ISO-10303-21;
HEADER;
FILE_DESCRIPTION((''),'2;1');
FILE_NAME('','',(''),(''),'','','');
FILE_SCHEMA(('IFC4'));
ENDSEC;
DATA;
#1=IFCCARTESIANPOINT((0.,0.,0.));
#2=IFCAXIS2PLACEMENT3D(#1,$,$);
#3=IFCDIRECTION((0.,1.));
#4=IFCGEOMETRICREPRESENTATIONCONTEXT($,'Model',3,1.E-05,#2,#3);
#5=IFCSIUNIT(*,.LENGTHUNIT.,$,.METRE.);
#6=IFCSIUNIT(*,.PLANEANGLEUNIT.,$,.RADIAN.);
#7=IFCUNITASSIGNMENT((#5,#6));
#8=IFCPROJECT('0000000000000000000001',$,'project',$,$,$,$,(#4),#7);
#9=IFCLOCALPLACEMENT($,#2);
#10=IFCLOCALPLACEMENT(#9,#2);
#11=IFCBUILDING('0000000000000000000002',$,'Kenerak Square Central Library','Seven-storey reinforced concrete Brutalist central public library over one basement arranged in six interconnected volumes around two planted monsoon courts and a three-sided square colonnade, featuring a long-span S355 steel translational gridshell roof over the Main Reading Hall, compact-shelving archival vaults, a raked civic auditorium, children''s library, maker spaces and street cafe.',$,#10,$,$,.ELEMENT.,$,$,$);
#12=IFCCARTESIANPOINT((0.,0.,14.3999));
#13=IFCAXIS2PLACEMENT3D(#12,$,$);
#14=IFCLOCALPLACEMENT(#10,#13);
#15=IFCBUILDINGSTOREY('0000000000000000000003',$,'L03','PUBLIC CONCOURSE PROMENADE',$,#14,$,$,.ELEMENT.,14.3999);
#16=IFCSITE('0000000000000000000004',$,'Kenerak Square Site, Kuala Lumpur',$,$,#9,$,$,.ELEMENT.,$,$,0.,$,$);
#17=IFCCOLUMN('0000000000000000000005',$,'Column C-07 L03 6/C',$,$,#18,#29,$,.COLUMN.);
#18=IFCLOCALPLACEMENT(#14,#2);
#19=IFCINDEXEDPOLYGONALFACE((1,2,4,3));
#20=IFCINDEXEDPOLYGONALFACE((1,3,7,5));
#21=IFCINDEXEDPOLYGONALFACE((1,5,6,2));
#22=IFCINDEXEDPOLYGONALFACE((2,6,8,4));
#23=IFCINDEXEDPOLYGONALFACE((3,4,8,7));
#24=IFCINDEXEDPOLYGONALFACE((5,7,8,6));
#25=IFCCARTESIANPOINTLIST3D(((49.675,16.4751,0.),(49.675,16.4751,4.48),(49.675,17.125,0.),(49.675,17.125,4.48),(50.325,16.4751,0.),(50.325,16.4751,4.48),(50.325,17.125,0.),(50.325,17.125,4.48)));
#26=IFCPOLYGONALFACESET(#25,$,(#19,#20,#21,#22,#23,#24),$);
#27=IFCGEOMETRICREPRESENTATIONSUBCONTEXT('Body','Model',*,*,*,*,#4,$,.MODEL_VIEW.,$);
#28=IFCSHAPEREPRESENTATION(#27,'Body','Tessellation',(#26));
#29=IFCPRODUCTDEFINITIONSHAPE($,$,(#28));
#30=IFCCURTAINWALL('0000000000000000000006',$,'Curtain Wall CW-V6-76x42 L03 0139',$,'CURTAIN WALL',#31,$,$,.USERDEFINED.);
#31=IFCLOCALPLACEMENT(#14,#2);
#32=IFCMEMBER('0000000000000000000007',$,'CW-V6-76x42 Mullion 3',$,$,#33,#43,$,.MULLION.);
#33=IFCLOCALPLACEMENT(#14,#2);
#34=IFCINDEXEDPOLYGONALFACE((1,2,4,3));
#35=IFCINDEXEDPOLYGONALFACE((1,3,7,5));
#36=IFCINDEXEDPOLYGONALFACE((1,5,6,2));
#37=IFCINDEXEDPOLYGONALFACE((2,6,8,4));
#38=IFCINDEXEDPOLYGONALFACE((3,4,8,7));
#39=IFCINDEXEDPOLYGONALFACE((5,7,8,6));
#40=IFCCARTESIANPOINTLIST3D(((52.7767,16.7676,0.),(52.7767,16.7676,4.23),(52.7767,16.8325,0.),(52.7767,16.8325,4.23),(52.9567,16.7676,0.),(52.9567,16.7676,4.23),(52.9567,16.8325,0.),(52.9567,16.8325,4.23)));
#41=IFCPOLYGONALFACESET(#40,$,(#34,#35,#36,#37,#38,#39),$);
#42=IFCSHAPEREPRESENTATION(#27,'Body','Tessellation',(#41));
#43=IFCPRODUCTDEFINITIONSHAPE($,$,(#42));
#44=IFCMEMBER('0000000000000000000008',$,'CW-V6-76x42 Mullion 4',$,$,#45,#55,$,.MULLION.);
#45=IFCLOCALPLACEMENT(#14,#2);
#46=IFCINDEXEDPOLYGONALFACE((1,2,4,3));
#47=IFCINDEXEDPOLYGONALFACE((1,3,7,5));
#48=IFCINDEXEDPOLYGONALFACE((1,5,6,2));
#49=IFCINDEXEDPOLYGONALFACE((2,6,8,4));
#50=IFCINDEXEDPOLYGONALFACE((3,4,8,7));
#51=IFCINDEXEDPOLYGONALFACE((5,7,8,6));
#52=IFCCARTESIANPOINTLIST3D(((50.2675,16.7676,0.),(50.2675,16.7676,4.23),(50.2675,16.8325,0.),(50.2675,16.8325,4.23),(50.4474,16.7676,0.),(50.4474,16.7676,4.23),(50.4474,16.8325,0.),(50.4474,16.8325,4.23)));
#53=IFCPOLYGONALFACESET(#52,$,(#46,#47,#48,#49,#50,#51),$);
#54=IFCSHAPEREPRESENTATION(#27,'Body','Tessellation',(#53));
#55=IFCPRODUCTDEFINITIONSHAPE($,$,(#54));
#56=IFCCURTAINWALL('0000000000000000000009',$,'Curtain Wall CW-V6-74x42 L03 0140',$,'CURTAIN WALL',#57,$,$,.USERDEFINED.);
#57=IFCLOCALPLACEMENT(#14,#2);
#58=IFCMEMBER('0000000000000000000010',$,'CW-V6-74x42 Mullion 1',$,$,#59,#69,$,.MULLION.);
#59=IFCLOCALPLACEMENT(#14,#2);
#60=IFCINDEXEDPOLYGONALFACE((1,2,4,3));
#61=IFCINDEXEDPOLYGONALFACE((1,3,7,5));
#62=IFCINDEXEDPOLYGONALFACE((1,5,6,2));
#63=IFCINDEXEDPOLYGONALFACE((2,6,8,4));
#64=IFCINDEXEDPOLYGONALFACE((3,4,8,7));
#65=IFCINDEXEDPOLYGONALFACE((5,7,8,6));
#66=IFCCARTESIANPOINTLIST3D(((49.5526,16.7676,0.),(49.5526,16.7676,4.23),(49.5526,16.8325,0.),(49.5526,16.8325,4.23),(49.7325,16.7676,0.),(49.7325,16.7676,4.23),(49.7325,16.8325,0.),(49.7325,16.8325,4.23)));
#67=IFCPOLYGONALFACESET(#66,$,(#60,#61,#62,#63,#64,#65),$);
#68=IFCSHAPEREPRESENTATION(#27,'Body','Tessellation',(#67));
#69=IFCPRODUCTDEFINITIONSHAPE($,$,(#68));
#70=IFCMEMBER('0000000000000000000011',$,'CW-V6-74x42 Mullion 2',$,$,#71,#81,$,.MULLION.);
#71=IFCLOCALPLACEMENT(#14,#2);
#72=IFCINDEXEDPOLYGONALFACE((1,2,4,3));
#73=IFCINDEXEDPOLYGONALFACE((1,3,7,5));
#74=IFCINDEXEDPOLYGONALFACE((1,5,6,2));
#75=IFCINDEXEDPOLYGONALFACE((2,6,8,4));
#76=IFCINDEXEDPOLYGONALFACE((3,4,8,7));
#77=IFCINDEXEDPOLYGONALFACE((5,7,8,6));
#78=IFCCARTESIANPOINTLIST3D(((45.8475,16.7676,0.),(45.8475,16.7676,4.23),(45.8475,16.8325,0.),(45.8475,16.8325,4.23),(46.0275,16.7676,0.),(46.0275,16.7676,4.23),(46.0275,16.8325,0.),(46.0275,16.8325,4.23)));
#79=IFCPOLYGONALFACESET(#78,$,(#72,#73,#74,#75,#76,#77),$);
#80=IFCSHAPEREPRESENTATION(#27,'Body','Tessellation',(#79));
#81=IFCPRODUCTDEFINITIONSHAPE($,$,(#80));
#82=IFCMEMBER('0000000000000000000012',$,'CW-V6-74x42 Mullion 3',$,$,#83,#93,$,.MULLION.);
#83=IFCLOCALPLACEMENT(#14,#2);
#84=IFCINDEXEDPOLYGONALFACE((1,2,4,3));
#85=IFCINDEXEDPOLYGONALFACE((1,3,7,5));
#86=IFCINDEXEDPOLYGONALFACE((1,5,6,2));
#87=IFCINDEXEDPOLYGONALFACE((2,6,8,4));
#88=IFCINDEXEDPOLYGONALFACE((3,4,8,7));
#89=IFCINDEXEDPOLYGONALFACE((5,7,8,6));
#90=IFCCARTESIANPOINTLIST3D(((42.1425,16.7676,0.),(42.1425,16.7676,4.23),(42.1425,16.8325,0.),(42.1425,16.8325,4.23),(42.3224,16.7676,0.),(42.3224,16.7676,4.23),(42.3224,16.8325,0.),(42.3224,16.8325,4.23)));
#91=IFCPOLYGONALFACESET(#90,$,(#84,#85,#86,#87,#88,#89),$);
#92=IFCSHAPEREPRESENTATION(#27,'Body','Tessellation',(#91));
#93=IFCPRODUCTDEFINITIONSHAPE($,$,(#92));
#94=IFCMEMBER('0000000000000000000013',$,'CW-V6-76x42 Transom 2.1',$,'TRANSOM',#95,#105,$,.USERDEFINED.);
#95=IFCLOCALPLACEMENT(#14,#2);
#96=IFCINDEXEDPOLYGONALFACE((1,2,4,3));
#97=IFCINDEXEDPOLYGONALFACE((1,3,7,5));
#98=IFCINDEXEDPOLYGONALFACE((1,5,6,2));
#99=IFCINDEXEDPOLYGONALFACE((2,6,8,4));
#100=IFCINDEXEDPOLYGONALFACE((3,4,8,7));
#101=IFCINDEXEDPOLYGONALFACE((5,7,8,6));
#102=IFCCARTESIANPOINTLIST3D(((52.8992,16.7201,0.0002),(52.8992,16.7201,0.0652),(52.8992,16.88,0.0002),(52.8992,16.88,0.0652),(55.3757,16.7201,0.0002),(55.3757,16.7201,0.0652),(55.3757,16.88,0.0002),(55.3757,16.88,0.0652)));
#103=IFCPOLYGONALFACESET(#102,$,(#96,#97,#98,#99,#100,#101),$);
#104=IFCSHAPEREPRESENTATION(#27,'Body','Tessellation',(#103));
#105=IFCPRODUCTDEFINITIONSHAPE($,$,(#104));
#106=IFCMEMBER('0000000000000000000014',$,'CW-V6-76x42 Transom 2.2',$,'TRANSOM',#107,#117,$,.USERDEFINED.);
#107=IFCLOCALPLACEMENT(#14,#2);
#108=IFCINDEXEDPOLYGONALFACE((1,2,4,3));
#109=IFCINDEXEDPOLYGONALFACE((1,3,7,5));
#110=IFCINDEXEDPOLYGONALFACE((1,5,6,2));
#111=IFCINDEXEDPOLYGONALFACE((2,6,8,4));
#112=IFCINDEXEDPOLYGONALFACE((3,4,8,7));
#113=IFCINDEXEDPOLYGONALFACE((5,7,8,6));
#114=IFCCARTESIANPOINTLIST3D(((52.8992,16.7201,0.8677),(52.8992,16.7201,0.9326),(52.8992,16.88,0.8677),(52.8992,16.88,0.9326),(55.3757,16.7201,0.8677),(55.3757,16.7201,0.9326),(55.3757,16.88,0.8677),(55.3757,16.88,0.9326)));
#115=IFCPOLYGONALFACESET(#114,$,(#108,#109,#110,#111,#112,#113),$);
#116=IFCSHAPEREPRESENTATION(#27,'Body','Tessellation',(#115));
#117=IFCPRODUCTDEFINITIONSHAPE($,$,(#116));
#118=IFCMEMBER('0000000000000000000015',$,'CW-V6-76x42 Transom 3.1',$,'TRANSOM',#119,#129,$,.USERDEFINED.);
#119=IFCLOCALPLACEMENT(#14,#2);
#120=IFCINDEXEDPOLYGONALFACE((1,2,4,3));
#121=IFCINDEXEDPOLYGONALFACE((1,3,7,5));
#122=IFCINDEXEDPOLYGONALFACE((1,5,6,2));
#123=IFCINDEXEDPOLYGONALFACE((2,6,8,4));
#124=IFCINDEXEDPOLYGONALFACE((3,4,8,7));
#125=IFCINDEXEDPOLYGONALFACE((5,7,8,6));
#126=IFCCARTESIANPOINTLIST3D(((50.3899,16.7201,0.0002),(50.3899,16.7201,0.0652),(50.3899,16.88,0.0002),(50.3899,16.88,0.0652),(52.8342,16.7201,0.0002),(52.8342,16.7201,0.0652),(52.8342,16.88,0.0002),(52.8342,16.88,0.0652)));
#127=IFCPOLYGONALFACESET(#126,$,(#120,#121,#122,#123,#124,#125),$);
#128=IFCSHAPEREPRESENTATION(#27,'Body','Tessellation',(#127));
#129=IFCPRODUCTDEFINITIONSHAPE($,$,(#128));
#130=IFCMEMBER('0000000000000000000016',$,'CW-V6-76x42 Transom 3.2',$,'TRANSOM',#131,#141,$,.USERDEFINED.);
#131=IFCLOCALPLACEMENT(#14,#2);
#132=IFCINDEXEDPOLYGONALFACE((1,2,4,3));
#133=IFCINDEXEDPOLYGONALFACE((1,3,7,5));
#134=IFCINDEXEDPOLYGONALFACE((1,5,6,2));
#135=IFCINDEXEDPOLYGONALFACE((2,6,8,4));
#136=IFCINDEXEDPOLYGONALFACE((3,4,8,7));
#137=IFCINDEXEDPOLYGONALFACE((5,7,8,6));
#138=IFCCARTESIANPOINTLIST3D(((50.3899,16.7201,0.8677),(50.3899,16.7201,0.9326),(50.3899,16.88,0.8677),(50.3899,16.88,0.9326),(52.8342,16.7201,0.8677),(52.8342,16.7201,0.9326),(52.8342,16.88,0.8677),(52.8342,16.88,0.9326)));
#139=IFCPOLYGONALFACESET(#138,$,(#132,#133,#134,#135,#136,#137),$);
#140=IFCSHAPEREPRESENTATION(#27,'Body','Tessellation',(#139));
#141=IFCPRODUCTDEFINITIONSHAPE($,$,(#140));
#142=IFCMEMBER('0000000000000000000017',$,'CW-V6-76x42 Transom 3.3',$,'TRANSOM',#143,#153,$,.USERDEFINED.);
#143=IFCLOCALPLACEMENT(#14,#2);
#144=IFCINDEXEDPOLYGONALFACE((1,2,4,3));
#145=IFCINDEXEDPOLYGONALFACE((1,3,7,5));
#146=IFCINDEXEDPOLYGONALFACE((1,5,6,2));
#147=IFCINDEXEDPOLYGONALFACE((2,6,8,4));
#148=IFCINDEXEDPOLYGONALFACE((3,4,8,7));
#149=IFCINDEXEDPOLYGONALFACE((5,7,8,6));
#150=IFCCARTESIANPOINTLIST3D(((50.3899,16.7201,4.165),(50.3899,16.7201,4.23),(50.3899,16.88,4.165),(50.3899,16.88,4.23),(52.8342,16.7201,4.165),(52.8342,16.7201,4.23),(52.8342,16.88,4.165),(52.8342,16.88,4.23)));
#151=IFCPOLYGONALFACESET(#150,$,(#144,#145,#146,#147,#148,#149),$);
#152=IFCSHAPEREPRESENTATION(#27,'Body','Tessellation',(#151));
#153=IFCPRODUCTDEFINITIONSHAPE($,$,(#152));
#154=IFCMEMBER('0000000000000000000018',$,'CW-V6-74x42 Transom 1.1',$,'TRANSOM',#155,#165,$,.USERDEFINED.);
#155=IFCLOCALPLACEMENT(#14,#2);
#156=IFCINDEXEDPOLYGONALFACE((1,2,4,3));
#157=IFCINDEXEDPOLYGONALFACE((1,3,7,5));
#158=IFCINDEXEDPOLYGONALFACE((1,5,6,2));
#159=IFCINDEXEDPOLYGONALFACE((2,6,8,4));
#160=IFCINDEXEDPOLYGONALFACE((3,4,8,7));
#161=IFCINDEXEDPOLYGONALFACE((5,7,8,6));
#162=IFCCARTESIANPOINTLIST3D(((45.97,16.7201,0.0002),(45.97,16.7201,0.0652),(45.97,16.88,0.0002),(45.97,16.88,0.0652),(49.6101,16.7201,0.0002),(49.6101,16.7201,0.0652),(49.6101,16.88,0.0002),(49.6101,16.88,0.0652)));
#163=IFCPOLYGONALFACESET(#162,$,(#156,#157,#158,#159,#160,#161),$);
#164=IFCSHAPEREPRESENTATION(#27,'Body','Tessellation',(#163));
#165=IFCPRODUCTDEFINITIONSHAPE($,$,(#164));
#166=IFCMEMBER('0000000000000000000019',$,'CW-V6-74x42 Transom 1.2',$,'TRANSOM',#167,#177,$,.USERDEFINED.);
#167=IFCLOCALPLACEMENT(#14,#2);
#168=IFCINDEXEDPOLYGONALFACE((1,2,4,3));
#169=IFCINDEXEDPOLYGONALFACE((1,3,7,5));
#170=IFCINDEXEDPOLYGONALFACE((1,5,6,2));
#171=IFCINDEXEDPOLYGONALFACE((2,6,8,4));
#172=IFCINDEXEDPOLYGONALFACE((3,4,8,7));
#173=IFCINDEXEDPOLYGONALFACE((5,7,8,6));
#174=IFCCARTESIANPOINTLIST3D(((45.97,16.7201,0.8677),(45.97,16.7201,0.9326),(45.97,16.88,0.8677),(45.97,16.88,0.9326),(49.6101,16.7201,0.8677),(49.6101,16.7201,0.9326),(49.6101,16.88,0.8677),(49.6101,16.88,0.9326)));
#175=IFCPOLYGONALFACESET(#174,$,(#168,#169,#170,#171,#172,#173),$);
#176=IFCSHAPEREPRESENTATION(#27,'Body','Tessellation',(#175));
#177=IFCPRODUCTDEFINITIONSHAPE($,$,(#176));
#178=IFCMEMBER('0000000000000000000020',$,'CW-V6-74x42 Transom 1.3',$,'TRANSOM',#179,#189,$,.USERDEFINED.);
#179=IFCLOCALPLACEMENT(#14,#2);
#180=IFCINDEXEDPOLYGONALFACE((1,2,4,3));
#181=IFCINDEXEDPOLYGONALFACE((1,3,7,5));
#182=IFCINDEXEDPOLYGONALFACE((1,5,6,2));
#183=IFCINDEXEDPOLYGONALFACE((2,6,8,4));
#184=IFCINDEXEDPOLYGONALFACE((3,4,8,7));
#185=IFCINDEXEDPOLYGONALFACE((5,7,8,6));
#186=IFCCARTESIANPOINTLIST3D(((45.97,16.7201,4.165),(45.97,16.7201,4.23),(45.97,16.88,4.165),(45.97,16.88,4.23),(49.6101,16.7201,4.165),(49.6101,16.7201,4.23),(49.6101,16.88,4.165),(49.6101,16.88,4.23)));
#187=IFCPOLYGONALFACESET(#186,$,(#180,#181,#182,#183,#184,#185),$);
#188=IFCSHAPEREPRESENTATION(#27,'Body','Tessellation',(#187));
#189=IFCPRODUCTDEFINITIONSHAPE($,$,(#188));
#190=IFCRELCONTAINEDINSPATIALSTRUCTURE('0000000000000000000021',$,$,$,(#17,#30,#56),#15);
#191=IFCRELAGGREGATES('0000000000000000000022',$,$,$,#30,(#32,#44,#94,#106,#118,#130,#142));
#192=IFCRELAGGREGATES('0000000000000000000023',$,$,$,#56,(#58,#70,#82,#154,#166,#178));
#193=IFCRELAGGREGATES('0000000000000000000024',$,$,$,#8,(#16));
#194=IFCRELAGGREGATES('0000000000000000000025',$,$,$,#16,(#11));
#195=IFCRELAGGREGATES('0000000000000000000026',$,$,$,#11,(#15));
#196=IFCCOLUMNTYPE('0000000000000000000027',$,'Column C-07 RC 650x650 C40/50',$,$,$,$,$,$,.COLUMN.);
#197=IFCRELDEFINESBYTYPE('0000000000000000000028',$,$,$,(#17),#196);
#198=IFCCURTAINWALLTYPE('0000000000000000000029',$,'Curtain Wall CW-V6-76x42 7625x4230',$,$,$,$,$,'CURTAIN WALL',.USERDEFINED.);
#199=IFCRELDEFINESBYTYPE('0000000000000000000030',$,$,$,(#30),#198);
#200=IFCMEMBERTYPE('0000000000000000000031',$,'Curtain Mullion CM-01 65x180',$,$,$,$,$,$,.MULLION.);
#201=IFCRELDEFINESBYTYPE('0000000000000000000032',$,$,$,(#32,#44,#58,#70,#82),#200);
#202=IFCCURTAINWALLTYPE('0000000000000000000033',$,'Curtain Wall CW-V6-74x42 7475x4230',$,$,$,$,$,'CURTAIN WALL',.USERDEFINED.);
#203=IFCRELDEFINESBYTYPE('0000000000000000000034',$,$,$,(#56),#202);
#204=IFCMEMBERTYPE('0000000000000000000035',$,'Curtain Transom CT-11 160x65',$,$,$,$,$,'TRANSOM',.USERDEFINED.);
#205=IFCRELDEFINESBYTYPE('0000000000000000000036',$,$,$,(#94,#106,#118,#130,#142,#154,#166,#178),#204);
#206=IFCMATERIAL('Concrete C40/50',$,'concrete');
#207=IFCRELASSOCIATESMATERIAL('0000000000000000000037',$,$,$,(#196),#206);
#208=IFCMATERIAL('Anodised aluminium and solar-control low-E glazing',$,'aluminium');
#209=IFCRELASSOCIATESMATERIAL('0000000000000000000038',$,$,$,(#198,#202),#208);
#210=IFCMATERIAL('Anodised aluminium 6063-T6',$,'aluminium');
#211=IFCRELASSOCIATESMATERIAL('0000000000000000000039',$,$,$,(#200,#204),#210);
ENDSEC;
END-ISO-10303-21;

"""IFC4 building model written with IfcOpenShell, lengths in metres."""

from ifc_helpers import new_model, si_unit, direction, frame, origin, origin_2d, place, context, subcontext, project, spatial, rectangle, extrude, material, material_profile, profile_set, type_object, element, aggregate, save


model = new_model("IFC4")

# Units and contexts
model_context = context("Model", 3, precision=1e-05, world=origin(), true_north=direction((0.0, 1.0)))
body_context = subcontext(model_context, "Body", "Model", "MODEL_VIEW")
ifc_project = project(units=[si_unit("LENGTHUNIT", "METRE"), si_unit("PLANEANGLEUNIT", "RADIAN")], contexts=[model_context])

# Site, building, storey
site_placement = place(None, origin())
site = spatial("IfcSite", under=ifc_project, at=site_placement, Name="Kenerak Square Site, Kuala Lumpur", CompositionType="ELEMENT", RefElevation=0.0)
building_placement = place(site_placement, origin())
building = spatial("IfcBuilding", under=site, at=building_placement, Name="Kenerak Square Central Library", Description="Seven-storey reinforced concrete Brutalist central public library over one basement arranged in six interconnected volumes around two planted monsoon courts and a three-sided square colonnade, featuring a long-span S355 steel translational gridshell roof over the Main Reading Hall, compact-shelving archival vaults, a raked civic auditorium, children's library, maker spaces and street cafe.", CompositionType="ELEMENT")
storey_placement = place(building_placement, frame((0.0, 0.0, 14.3999)))
storey = spatial("IfcBuildingStorey", under=building, at=storey_placement, Name="L03", Description="PUBLIC CONCOURSE PROMENADE", CompositionType="ELEMENT", Elevation=14.3999)

# Column
ifc_material_1 = material(Name="Concrete C40/50", Category="concrete")
ifc_material_profile_1 = material_profile(ifc_material_1, rectangle(XDim=0.6499, YDim=0.6499, at=origin_2d()), Name="RC 650x650")
ifc_profile_set_1 = profile_set([ifc_material_profile_1], Name="Concrete C40/50")
column_type = type_object("IfcColumnType", Name="Column C-07 RC 650x650 C40/50", PredefinedType="COLUMN", material=ifc_profile_set_1)
column_placement = place(storey_placement, frame((50.0, 16.8, 0.0), z_axis=(0.0, 0.0, 1.0), x_axis=(1.0, 0.0, 0.0)))
element("IfcColumn", 1, at=column_placement, inside=storey, type_object=column_type, Name="Column C-07 L03 6/C", PredefinedType="COLUMN", context=body_context, shape_type="SweptSolid", body=[
    extrude(rectangle(XDim=0.6499, YDim=0.6499, at=origin_2d()), origin(), (0.0, 0.0, 1.0), 4.48),
])

# Curtain walls, members
ifc_material_2 = material(Name="Anodised aluminium and solar-control low-E glazing", Category="aluminium")
curtain_wall_type_1 = type_object("IfcCurtainWallType", Name="Curtain Wall CW-V6-76x42 7625x4230", ElementType="CURTAIN WALL", PredefinedType="USERDEFINED", material=ifc_material_2)
curtain_wall_1_placement = place(storey_placement, origin())
curtain_wall_1 = element("IfcCurtainWall", 2, at=curtain_wall_1_placement, inside=storey, type_object=curtain_wall_type_1, Name="Curtain Wall CW-V6-76x42 L03 0139", ObjectType="CURTAIN WALL", PredefinedType="USERDEFINED")
ifc_material_3 = material(Name="Anodised aluminium 6063-T6", Category="aluminium")
ifc_material_profile_2 = material_profile(ifc_material_3, rectangle(XDim=0.0649, YDim=0.1799, at=origin_2d()), Name="AL MULLION 65x180")
ifc_profile_set_2 = profile_set([ifc_material_profile_2], Name="Anodised aluminium 6063-T6")
member_type_1 = type_object("IfcMemberType", Name="Curtain Mullion CM-01 65x180", PredefinedType="MULLION", material=ifc_profile_set_2)
member_1_placement = place(storey_placement, frame((52.8667, 16.8, 0.0), z_axis=(0.0, 0.0, 1.0), x_axis=(0.0, -1.0, 0.0)))
member_1 = element("IfcMember", 3, at=member_1_placement, type_object=member_type_1, Name="CW-V6-76x42 Mullion 3", PredefinedType="MULLION", context=body_context, shape_type="SweptSolid", body=[
    extrude(rectangle(XDim=0.0649, YDim=0.1799, at=origin_2d()), origin(), (0.0, 0.0, 1.0), 4.23),
])
member_2_placement = place(storey_placement, frame((50.3574, 16.8, 0.0), z_axis=(0.0, 0.0, 1.0), x_axis=(0.0, -1.0, 0.0)))
member_2 = element("IfcMember", 4, at=member_2_placement, type_object=member_type_1, Name="CW-V6-76x42 Mullion 4", PredefinedType="MULLION", context=body_context, shape_type="SweptSolid", body=[
    extrude(rectangle(XDim=0.0649, YDim=0.1799, at=origin_2d()), origin(), (0.0, 0.0, 1.0), 4.23),
])
curtain_wall_type_2 = type_object("IfcCurtainWallType", Name="Curtain Wall CW-V6-74x42 7475x4230", ElementType="CURTAIN WALL", PredefinedType="USERDEFINED", material=ifc_material_2)
curtain_wall_2_placement = place(storey_placement, origin())
curtain_wall_2 = element("IfcCurtainWall", 5, at=curtain_wall_2_placement, inside=storey, type_object=curtain_wall_type_2, Name="Curtain Wall CW-V6-74x42 L03 0140", ObjectType="CURTAIN WALL", PredefinedType="USERDEFINED")
member_3_placement = place(storey_placement, frame((49.6426, 16.8, 0.0), z_axis=(0.0, 0.0, 1.0), x_axis=(0.0, -1.0, 0.0)))
member_3 = element("IfcMember", 6, at=member_3_placement, type_object=member_type_1, Name="CW-V6-74x42 Mullion 1", PredefinedType="MULLION", context=body_context, shape_type="SweptSolid", body=[
    extrude(rectangle(XDim=0.0649, YDim=0.1799, at=origin_2d()), origin(), (0.0, 0.0, 1.0), 4.23),
])
member_4_placement = place(storey_placement, frame((45.9375, 16.8, 0.0), z_axis=(0.0, 0.0, 1.0), x_axis=(0.0, -1.0, 0.0)))
member_4 = element("IfcMember", 7, at=member_4_placement, type_object=member_type_1, Name="CW-V6-74x42 Mullion 2", PredefinedType="MULLION", context=body_context, shape_type="SweptSolid", body=[
    extrude(rectangle(XDim=0.0649, YDim=0.1799, at=origin_2d()), origin(), (0.0, 0.0, 1.0), 4.23),
])
member_5_placement = place(storey_placement, frame((42.2324, 16.8, 0.0), z_axis=(0.0, 0.0, 1.0), x_axis=(0.0, -1.0, 0.0)))
member_5 = element("IfcMember", 8, at=member_5_placement, type_object=member_type_1, Name="CW-V6-74x42 Mullion 3", PredefinedType="MULLION", context=body_context, shape_type="SweptSolid", body=[
    extrude(rectangle(XDim=0.0649, YDim=0.1799, at=origin_2d()), origin(), (0.0, 0.0, 1.0), 4.23),
])

# Members
ifc_material_profile_3 = material_profile(ifc_material_3, rectangle(XDim=0.1599, YDim=0.0649, at=origin_2d()), Name="AL TRANSOM 160x65")
ifc_profile_set_3 = profile_set([ifc_material_profile_3], Name="Anodised aluminium 6063-T6")
member_type_2 = type_object("IfcMemberType", Name="Curtain Transom CT-11 160x65", ElementType="TRANSOM", PredefinedType="USERDEFINED", material=ifc_profile_set_3)
member_6_placement = place(storey_placement, frame((55.3757, 16.8, 0.0327), z_axis=(-1.0, 0.0, 0.0), x_axis=(0.0, -1.0, 0.0)))
member_6 = element("IfcMember", 9, at=member_6_placement, type_object=member_type_2, Name="CW-V6-76x42 Transom 2.1", ObjectType="TRANSOM", PredefinedType="USERDEFINED", context=body_context, shape_type="SweptSolid", body=[
    extrude(rectangle(XDim=0.1599, YDim=0.0649, at=origin_2d()), origin(), (0.0, 0.0, 1.0), 2.4766),
])
member_7_placement = place(storey_placement, frame((55.3757, 16.8, 0.9001), z_axis=(-1.0, 0.0, 0.0), x_axis=(0.0, -1.0, 0.0)))
member_7 = element("IfcMember", 10, at=member_7_placement, type_object=member_type_2, Name="CW-V6-76x42 Transom 2.2", ObjectType="TRANSOM", PredefinedType="USERDEFINED", context=body_context, shape_type="SweptSolid", body=[
    extrude(rectangle(XDim=0.1599, YDim=0.0649, at=origin_2d()), origin(), (0.0, 0.0, 1.0), 2.4766),
])
member_8_placement = place(storey_placement, frame((52.8342, 16.8, 0.0327), z_axis=(-1.0, 0.0, 0.0), x_axis=(0.0, -1.0, 0.0)))
member_8 = element("IfcMember", 11, at=member_8_placement, type_object=member_type_2, Name="CW-V6-76x42 Transom 3.1", ObjectType="TRANSOM", PredefinedType="USERDEFINED", context=body_context, shape_type="SweptSolid", body=[
    extrude(rectangle(XDim=0.1599, YDim=0.0649, at=origin_2d()), origin(), (0.0, 0.0, 1.0), 2.4443),
])
member_9_placement = place(storey_placement, frame((52.8342, 16.8, 0.9001), z_axis=(-1.0, 0.0, 0.0), x_axis=(0.0, -1.0, 0.0)))
member_9 = element("IfcMember", 12, at=member_9_placement, type_object=member_type_2, Name="CW-V6-76x42 Transom 3.2", ObjectType="TRANSOM", PredefinedType="USERDEFINED", context=body_context, shape_type="SweptSolid", body=[
    extrude(rectangle(XDim=0.1599, YDim=0.0649, at=origin_2d()), origin(), (0.0, 0.0, 1.0), 2.4443),
])
member_10_placement = place(storey_placement, frame((52.8342, 16.8, 4.1975), z_axis=(-1.0, 0.0, 0.0), x_axis=(0.0, -1.0, 0.0)))
member_10 = element("IfcMember", 13, at=member_10_placement, type_object=member_type_2, Name="CW-V6-76x42 Transom 3.3", ObjectType="TRANSOM", PredefinedType="USERDEFINED", context=body_context, shape_type="SweptSolid", body=[
    extrude(rectangle(XDim=0.1599, YDim=0.0649, at=origin_2d()), origin(), (0.0, 0.0, 1.0), 2.4443),
])
member_11_placement = place(storey_placement, frame((49.6101, 16.8, 0.0327), z_axis=(-1.0, 0.0, 0.0), x_axis=(0.0, -1.0, 0.0)))
member_11 = element("IfcMember", 14, at=member_11_placement, type_object=member_type_2, Name="CW-V6-74x42 Transom 1.1", ObjectType="TRANSOM", PredefinedType="USERDEFINED", context=body_context, shape_type="SweptSolid", body=[
    extrude(rectangle(XDim=0.1599, YDim=0.0649, at=origin_2d()), origin(), (0.0, 0.0, 1.0), 3.6401),
])
member_12_placement = place(storey_placement, frame((49.6101, 16.8, 0.9001), z_axis=(-1.0, 0.0, 0.0), x_axis=(0.0, -1.0, 0.0)))
member_12 = element("IfcMember", 15, at=member_12_placement, type_object=member_type_2, Name="CW-V6-74x42 Transom 1.2", ObjectType="TRANSOM", PredefinedType="USERDEFINED", context=body_context, shape_type="SweptSolid", body=[
    extrude(rectangle(XDim=0.1599, YDim=0.0649, at=origin_2d()), origin(), (0.0, 0.0, 1.0), 3.6401),
])
member_13_placement = place(storey_placement, frame((49.6101, 16.8, 4.1975), z_axis=(-1.0, 0.0, 0.0), x_axis=(0.0, -1.0, 0.0)))
member_13 = element("IfcMember", 16, at=member_13_placement, type_object=member_type_2, Name="CW-V6-74x42 Transom 1.3", ObjectType="TRANSOM", PredefinedType="USERDEFINED", context=body_context, shape_type="SweptSolid", body=[
    extrude(rectangle(XDim=0.1599, YDim=0.0649, at=origin_2d()), origin(), (0.0, 0.0, 1.0), 3.6401),
])

aggregate(curtain_wall_1, [member_1, member_2, member_6, member_7, member_8, member_9, member_10])
aggregate(curtain_wall_2, [member_3, member_4, member_5, member_11, member_12, member_13])

save(model, "model.ifc")
